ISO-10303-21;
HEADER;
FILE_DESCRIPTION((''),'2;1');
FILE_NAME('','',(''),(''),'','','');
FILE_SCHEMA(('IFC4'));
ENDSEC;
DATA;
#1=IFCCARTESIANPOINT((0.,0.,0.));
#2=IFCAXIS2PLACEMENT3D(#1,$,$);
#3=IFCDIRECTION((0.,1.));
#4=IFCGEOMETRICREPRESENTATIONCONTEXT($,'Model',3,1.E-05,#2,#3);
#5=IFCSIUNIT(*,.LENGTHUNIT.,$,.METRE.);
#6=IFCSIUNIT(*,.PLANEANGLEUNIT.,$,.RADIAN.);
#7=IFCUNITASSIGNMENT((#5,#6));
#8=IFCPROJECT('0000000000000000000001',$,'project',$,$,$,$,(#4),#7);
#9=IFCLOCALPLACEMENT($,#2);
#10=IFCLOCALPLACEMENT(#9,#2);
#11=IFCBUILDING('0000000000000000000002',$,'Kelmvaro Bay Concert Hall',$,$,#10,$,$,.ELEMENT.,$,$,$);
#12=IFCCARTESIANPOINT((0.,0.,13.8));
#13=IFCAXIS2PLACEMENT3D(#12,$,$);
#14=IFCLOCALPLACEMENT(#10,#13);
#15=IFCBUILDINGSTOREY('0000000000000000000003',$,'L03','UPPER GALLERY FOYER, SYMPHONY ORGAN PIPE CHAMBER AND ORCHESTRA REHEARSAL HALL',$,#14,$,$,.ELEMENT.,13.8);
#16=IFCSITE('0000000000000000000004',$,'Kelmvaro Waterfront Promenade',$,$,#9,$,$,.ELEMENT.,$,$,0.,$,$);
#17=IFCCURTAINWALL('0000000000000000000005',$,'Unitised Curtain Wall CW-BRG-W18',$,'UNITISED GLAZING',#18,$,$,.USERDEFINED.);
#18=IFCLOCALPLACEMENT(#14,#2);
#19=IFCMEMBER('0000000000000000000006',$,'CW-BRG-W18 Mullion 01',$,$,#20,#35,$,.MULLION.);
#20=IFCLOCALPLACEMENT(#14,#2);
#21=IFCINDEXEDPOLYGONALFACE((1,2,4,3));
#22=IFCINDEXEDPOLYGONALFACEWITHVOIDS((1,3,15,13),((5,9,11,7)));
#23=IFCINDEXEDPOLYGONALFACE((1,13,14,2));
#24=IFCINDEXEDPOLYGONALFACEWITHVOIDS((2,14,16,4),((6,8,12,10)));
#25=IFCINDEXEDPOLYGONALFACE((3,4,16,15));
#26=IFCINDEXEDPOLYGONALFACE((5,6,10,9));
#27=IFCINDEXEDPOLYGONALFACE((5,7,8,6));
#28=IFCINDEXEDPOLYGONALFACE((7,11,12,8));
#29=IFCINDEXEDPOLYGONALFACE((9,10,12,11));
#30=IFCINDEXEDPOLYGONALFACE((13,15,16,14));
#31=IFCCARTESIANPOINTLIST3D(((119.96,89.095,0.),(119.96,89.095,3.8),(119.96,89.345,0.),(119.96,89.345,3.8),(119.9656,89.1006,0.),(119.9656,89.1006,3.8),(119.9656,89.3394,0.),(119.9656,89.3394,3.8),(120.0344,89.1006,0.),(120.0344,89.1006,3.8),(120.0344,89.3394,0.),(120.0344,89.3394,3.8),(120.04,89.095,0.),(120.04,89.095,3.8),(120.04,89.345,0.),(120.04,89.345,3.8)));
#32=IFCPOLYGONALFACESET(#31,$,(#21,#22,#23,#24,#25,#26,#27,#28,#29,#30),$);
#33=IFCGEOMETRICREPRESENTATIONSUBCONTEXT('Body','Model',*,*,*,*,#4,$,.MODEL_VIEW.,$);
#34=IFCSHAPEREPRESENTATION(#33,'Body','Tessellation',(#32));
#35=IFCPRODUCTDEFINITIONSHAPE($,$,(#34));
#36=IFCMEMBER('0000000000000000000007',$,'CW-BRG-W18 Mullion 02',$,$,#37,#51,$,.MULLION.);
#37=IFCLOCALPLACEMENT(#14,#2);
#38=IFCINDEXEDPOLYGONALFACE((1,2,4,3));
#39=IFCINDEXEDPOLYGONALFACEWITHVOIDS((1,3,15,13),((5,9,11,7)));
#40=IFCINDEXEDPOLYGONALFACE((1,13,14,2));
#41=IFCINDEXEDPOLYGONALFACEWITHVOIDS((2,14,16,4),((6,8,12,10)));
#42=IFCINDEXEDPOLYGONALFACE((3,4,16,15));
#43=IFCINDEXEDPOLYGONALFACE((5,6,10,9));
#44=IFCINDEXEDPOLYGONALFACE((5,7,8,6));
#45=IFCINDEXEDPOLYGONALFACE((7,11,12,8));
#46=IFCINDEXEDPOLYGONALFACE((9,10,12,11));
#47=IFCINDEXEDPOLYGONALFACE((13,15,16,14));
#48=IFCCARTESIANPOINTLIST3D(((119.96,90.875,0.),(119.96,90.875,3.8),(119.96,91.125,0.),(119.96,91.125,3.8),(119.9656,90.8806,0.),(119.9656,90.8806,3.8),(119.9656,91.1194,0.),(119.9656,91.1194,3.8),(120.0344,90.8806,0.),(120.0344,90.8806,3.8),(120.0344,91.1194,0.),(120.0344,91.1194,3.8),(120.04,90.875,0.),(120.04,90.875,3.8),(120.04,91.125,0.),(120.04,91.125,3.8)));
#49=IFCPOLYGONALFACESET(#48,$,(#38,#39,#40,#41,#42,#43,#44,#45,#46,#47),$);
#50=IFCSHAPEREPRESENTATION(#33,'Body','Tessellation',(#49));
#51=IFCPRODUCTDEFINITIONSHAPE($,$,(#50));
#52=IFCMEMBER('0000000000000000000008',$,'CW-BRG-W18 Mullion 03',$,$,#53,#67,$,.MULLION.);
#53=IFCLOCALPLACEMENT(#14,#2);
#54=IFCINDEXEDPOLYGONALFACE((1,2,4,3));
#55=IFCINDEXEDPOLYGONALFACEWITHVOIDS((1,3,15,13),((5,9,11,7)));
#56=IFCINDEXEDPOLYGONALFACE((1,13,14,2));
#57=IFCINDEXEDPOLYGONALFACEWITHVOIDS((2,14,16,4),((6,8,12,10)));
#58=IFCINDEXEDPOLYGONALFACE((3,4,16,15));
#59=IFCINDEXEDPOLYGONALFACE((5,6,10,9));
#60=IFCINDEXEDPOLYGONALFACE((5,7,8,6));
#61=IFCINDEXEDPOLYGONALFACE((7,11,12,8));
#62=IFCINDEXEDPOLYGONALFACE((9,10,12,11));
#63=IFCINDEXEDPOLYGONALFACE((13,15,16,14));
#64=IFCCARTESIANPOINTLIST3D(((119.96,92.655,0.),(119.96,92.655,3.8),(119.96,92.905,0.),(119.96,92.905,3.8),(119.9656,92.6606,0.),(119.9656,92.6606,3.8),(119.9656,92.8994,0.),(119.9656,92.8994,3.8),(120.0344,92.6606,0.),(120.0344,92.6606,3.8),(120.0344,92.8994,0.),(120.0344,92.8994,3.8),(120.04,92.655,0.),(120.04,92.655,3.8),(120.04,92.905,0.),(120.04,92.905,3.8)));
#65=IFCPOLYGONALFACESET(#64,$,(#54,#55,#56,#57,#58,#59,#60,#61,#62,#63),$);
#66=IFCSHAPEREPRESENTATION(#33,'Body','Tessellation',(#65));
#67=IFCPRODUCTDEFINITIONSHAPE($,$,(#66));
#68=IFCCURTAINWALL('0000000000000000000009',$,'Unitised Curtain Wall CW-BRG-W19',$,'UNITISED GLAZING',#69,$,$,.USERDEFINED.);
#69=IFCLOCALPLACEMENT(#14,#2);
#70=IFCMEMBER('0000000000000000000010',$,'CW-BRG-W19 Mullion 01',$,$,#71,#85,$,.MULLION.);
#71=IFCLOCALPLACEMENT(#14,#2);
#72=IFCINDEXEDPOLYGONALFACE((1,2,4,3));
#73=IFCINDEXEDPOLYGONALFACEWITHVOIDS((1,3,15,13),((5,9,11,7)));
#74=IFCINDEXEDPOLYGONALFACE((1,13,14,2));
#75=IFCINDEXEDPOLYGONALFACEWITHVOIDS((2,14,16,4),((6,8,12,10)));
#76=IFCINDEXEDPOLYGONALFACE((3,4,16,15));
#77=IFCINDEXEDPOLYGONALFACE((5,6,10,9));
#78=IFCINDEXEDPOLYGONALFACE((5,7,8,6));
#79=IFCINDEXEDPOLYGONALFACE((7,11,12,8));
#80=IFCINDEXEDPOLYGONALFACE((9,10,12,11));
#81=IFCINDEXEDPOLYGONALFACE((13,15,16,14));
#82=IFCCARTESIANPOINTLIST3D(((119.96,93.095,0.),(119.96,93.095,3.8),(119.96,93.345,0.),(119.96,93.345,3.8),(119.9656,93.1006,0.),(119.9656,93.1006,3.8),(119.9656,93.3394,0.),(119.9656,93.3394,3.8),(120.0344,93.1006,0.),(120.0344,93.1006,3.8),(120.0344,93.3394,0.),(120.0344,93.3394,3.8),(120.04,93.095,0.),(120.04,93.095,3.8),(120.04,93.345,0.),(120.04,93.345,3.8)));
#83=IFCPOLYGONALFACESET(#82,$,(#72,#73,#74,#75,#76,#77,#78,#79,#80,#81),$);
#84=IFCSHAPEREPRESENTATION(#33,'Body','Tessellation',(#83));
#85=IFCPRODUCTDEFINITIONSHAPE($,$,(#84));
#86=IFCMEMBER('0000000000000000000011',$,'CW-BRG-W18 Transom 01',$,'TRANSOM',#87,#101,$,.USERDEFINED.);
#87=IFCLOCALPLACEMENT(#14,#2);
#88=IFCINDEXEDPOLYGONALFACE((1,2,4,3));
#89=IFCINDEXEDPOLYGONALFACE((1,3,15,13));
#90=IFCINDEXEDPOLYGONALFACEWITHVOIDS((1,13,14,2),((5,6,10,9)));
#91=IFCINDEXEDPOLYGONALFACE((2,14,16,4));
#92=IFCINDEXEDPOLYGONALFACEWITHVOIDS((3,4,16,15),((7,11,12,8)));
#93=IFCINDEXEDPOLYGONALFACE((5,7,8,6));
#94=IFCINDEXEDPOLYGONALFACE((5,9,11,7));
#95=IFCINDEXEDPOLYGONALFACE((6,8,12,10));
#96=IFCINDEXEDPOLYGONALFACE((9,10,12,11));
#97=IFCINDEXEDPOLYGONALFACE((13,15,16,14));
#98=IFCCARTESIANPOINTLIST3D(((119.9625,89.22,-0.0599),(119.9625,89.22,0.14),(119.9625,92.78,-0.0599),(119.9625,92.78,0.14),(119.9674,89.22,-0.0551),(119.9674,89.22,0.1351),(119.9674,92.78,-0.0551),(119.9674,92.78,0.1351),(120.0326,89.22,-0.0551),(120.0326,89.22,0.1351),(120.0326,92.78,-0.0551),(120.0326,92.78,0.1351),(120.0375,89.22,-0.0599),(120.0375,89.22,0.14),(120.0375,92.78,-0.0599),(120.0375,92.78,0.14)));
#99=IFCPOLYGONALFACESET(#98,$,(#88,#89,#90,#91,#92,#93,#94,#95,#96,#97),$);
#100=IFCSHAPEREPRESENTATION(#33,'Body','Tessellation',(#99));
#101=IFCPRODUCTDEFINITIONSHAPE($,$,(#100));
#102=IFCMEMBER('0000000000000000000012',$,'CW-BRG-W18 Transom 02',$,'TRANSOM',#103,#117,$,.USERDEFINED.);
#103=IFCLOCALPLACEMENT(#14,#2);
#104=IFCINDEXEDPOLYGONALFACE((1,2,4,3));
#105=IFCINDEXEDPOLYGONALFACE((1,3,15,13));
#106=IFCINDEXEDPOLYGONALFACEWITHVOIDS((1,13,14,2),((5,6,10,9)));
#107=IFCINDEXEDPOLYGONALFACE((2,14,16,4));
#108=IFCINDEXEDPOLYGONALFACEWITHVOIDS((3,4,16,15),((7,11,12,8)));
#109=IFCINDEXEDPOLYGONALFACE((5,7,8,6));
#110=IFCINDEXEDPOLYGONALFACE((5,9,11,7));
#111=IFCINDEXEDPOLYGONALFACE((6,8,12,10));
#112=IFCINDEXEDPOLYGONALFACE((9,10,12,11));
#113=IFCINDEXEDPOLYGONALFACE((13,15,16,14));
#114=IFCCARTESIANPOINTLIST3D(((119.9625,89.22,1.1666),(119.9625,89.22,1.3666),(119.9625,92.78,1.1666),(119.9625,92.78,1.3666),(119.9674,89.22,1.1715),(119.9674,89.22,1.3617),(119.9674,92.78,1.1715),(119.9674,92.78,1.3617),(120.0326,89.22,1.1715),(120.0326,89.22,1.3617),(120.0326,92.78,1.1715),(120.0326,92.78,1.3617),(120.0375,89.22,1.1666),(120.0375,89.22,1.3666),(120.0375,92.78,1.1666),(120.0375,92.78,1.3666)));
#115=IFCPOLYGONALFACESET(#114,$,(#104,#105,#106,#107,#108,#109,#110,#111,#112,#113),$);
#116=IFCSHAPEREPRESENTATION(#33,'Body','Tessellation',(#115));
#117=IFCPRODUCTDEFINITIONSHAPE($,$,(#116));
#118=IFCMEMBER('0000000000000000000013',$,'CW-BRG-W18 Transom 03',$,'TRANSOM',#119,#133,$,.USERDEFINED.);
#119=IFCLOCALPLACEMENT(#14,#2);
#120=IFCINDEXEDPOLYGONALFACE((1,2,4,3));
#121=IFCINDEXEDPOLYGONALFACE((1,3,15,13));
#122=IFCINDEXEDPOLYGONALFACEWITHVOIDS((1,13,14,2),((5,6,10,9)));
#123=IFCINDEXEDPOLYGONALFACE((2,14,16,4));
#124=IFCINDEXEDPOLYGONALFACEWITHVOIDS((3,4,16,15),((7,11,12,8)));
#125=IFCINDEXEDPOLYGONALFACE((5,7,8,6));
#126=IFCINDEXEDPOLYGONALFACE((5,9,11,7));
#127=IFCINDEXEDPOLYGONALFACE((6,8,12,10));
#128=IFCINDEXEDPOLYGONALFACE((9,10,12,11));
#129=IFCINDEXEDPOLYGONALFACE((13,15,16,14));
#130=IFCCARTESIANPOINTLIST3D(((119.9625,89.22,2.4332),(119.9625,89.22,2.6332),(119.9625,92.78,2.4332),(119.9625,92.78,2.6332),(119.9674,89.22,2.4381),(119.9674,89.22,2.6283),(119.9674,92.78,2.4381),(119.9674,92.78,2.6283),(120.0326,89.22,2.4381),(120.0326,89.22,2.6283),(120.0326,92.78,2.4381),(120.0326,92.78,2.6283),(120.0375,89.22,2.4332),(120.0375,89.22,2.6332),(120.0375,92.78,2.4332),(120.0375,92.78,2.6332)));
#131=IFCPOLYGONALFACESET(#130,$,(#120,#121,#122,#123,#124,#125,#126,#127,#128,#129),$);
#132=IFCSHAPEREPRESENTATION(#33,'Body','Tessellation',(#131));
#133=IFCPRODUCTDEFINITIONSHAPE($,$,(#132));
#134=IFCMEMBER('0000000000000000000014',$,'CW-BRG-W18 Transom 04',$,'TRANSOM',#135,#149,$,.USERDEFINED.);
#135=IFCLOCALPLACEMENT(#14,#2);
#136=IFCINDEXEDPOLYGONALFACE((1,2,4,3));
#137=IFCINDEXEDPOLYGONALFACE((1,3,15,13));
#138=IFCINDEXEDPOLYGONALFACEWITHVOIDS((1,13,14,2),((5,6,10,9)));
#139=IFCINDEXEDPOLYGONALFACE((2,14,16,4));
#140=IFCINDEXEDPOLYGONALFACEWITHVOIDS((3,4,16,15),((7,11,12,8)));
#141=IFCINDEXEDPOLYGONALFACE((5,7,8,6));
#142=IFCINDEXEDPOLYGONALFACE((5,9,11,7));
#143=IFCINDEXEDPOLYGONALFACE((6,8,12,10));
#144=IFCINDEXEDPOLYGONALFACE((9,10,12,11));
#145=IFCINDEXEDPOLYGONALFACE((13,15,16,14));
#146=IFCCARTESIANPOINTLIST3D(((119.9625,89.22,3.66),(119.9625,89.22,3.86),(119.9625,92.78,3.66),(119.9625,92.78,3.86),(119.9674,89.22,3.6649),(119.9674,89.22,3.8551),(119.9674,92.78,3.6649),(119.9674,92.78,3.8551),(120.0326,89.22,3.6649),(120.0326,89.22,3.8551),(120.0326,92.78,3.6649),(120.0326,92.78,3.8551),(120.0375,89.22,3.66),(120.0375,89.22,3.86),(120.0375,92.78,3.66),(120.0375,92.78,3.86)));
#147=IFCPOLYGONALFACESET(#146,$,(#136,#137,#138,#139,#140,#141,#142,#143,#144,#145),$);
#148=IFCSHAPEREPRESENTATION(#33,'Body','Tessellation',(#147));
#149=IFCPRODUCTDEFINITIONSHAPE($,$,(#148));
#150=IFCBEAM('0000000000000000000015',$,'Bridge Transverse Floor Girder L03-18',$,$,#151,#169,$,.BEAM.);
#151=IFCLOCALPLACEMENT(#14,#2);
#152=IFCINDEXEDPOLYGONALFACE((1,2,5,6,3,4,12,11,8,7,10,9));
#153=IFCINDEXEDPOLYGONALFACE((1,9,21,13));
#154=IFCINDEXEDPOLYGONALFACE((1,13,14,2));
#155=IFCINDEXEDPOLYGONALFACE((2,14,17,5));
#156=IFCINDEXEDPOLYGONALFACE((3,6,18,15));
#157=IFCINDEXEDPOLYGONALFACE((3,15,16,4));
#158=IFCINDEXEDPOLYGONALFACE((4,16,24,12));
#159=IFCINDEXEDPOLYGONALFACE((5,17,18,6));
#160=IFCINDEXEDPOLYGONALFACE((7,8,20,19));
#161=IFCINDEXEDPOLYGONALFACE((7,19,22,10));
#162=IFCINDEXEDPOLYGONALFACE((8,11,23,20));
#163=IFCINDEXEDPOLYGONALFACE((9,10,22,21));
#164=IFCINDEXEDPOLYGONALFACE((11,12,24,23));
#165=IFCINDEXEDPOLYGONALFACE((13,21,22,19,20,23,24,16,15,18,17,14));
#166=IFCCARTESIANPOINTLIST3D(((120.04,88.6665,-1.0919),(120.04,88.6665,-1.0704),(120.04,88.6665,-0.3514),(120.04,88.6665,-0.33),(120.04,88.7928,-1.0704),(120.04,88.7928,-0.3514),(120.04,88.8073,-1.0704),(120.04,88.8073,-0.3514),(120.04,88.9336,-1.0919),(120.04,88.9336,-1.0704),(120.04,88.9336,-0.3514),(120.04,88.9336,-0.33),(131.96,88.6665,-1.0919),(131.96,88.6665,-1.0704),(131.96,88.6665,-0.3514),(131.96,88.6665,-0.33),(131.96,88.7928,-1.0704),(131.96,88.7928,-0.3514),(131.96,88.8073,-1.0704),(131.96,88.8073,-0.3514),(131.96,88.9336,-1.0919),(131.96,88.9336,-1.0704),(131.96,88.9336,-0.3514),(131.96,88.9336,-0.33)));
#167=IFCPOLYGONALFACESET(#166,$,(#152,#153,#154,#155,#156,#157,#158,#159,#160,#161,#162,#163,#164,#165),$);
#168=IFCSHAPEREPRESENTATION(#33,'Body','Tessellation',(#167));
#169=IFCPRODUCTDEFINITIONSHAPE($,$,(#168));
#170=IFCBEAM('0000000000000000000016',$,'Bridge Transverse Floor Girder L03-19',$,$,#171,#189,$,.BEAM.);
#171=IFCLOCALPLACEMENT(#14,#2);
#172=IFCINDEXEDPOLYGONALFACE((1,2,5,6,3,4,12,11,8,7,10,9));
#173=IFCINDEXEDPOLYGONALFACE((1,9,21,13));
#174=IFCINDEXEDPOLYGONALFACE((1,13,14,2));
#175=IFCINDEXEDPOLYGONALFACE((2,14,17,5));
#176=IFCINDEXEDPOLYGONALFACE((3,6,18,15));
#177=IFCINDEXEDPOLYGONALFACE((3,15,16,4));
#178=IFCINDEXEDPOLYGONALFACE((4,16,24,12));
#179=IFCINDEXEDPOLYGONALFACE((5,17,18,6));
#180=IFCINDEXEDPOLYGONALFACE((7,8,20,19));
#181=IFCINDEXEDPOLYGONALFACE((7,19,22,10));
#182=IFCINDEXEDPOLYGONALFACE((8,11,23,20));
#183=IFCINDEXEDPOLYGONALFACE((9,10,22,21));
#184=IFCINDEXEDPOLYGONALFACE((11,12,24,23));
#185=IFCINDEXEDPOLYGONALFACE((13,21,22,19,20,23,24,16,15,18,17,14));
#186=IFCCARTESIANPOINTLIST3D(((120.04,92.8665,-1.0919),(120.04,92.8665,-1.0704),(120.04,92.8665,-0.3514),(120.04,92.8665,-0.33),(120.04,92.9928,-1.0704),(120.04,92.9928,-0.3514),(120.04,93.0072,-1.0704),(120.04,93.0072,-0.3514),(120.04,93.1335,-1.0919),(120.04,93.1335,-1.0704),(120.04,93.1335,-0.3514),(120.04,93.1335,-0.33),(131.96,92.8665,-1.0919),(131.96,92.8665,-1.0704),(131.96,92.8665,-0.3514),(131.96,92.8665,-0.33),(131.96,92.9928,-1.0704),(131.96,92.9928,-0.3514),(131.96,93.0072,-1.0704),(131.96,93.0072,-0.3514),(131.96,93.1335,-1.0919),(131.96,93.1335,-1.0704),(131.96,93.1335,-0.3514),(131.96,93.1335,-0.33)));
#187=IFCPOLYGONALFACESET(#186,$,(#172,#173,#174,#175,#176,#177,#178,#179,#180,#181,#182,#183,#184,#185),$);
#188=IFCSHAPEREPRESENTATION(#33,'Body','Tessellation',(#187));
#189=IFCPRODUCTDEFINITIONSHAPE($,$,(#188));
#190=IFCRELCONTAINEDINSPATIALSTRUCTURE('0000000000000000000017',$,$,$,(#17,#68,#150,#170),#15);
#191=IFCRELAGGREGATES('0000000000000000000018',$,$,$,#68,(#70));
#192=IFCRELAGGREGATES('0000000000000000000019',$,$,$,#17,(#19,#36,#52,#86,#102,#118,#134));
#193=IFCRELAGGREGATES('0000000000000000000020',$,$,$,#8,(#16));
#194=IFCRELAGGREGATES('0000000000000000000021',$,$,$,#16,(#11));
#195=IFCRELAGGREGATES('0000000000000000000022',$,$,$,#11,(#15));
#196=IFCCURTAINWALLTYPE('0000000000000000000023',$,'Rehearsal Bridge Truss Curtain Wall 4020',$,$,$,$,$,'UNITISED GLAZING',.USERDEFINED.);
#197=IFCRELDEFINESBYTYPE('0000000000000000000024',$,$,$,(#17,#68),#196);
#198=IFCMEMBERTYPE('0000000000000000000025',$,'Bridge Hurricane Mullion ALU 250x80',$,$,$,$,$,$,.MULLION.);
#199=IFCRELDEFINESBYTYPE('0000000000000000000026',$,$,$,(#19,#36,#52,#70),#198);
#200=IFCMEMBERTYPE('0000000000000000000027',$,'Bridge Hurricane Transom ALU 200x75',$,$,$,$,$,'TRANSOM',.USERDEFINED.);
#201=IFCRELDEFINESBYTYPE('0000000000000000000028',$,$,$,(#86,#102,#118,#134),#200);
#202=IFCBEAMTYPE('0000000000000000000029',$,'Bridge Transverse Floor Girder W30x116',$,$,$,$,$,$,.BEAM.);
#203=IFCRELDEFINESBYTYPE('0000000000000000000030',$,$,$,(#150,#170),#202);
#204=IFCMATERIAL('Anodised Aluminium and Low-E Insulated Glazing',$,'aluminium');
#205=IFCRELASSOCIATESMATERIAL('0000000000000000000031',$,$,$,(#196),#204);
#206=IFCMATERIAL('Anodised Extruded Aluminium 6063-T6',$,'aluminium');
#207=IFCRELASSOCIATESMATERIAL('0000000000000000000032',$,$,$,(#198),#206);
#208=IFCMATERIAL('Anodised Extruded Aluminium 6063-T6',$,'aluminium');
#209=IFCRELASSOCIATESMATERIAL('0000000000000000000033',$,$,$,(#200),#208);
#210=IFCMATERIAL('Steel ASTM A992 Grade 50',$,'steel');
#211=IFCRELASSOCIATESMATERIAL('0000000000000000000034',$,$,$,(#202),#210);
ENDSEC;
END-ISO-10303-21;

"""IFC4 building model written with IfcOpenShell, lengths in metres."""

from ifc_helpers import new_model, si_unit, direction, frame, origin, origin_2d, place, context, subcontext, project, spatial, hollow_rectangle, i_section, extrude, material, material_profile, profile_set, type_object, element, aggregate, save


model = new_model("IFC4")

# Units and contexts
model_context = context("Model", 3, precision=1e-05, world=origin(), true_north=direction((0.0, 1.0)))
body_context = subcontext(model_context, "Body", "Model", "MODEL_VIEW")
ifc_project = project(units=[si_unit("LENGTHUNIT", "METRE"), si_unit("PLANEANGLEUNIT", "RADIAN")], contexts=[model_context])

# Site, building, storey
site_placement = place(None, origin())
site = spatial("IfcSite", under=ifc_project, at=site_placement, Name="Kelmvaro Waterfront Promenade", CompositionType="ELEMENT", RefElevation=0.0)
building_placement = place(site_placement, origin())
building = spatial("IfcBuilding", under=site, at=building_placement, Name="Kelmvaro Bay Concert Hall", CompositionType="ELEMENT")
storey_placement = place(building_placement, frame((0.0, 0.0, 13.8)))
storey = spatial("IfcBuildingStorey", under=building, at=storey_placement, Name="L03", Description="UPPER GALLERY FOYER, SYMPHONY ORGAN PIPE CHAMBER AND ORCHESTRA REHEARSAL HALL", CompositionType="ELEMENT", Elevation=13.8)

# Curtain wall, members
ifc_material_1 = material(Name="Anodised Aluminium and Low-E Insulated Glazing", Category="aluminium")
curtain_wall_type = type_object("IfcCurtainWallType", Name="Rehearsal Bridge Truss Curtain Wall 4020", ElementType="UNITISED GLAZING", PredefinedType="USERDEFINED", material=ifc_material_1)
ifc_material_2 = material(Name="Anodised Extruded Aluminium 6063-T6", Category="aluminium")
ifc_material_profile_1 = material_profile(ifc_material_2, hollow_rectangle(XDim=0.0801, YDim=0.25, WallThickness=0.0056, at=origin_2d()), Name="ALU-MUL-250X80")
ifc_profile_set_1 = profile_set([ifc_material_profile_1], Name="Anodised Extruded Aluminium 6063-T6")
member_type_1 = type_object("IfcMemberType", Name="Bridge Hurricane Mullion ALU 250x80", PredefinedType="MULLION", material=ifc_profile_set_1)
curtain_wall_1_placement = place(storey_placement, origin())
curtain_wall_1 = element("IfcCurtainWall", 1, at=curtain_wall_1_placement, inside=storey, type_object=curtain_wall_type, Name="Unitised Curtain Wall CW-BRG-W18", ObjectType="UNITISED GLAZING", PredefinedType="USERDEFINED")
member_1_placement = place(storey_placement, frame((120.0, 89.22, 0.0), z_axis=(0.0, 0.0, 1.0), x_axis=(1.0, 0.0, 0.0)))
member_1 = element("IfcMember", 2, at=member_1_placement, type_object=member_type_1, Name="CW-BRG-W18 Mullion 01", PredefinedType="MULLION", context=body_context, shape_type="SweptSolid", body=[
    extrude(hollow_rectangle(XDim=0.0801, YDim=0.25, WallThickness=0.0056, at=origin_2d()), origin(), (0.0, 0.0, 1.0), 3.8),
])
member_2_placement = place(storey_placement, frame((120.0, 91.0, 0.0), z_axis=(0.0, 0.0, 1.0), x_axis=(1.0, 0.0, 0.0)))
member_2 = element("IfcMember", 3, at=member_2_placement, type_object=member_type_1, Name="CW-BRG-W18 Mullion 02", PredefinedType="MULLION", context=body_context, shape_type="SweptSolid", body=[
    extrude(hollow_rectangle(XDim=0.0801, YDim=0.25, WallThickness=0.0056, at=origin_2d()), origin(), (0.0, 0.0, 1.0), 3.8),
])
member_3_placement = place(storey_placement, frame((120.0, 92.78, 0.0), z_axis=(0.0, 0.0, 1.0), x_axis=(1.0, 0.0, 0.0)))
member_3 = element("IfcMember", 4, at=member_3_placement, type_object=member_type_1, Name="CW-BRG-W18 Mullion 03", PredefinedType="MULLION", context=body_context, shape_type="SweptSolid", body=[
    extrude(hollow_rectangle(XDim=0.0801, YDim=0.25, WallThickness=0.0056, at=origin_2d()), origin(), (0.0, 0.0, 1.0), 3.8),
])

# Curtain wall, member
curtain_wall_2_placement = place(storey_placement, origin())
curtain_wall_2 = element("IfcCurtainWall", 5, at=curtain_wall_2_placement, inside=storey, type_object=curtain_wall_type, Name="Unitised Curtain Wall CW-BRG-W19", ObjectType="UNITISED GLAZING", PredefinedType="USERDEFINED")
member_4_placement = place(storey_placement, frame((120.0, 93.22, 0.0), z_axis=(0.0, 0.0, 1.0), x_axis=(1.0, 0.0, 0.0)))
member_4 = element("IfcMember", 6, at=member_4_placement, type_object=member_type_1, Name="CW-BRG-W19 Mullion 01", PredefinedType="MULLION", context=body_context, shape_type="SweptSolid", body=[
    extrude(hollow_rectangle(XDim=0.0801, YDim=0.25, WallThickness=0.0056, at=origin_2d()), origin(), (0.0, 0.0, 1.0), 3.8),
])
aggregate(curtain_wall_2, [member_4])

# Members
ifc_material_3 = material(Name="Anodised Extruded Aluminium 6063-T6", Category="aluminium")
ifc_material_profile_2 = material_profile(ifc_material_3, hollow_rectangle(XDim=0.075, YDim=0.2, WallThickness=0.0049, at=origin_2d()), Name="ALU-TRN-200X75")
ifc_profile_set_2 = profile_set([ifc_material_profile_2], Name="Anodised Extruded Aluminium 6063-T6")
member_type_2 = type_object("IfcMemberType", Name="Bridge Hurricane Transom ALU 200x75", ElementType="TRANSOM", PredefinedType="USERDEFINED", material=ifc_profile_set_2)
member_5_placement = place(storey_placement, frame((120.0, 89.22, 0.04), z_axis=(0.0, 1.0, 0.0), x_axis=(-1.0, 0.0, 0.0)))
member_5 = element("IfcMember", 7, at=member_5_placement, type_object=member_type_2, Name="CW-BRG-W18 Transom 01", ObjectType="TRANSOM", PredefinedType="USERDEFINED", context=body_context, shape_type="SweptSolid", body=[
    extrude(hollow_rectangle(XDim=0.075, YDim=0.2, WallThickness=0.0049, at=origin_2d()), origin(), (0.0, 0.0, 1.0), 3.5601),
])
member_6_placement = place(storey_placement, frame((120.0, 89.22, 1.2666), z_axis=(0.0, 1.0, 0.0), x_axis=(-1.0, 0.0, 0.0)))
member_6 = element("IfcMember", 8, at=member_6_placement, type_object=member_type_2, Name="CW-BRG-W18 Transom 02", ObjectType="TRANSOM", PredefinedType="USERDEFINED", context=body_context, shape_type="SweptSolid", body=[
    extrude(hollow_rectangle(XDim=0.075, YDim=0.2, WallThickness=0.0049, at=origin_2d()), origin(), (0.0, 0.0, 1.0), 3.5601),
])
member_7_placement = place(storey_placement, frame((120.0, 89.22, 2.5332), z_axis=(0.0, 1.0, 0.0), x_axis=(-1.0, 0.0, 0.0)))
member_7 = element("IfcMember", 9, at=member_7_placement, type_object=member_type_2, Name="CW-BRG-W18 Transom 03", ObjectType="TRANSOM", PredefinedType="USERDEFINED", context=body_context, shape_type="SweptSolid", body=[
    extrude(hollow_rectangle(XDim=0.075, YDim=0.2, WallThickness=0.0049, at=origin_2d()), origin(), (0.0, 0.0, 1.0), 3.5601),
])
member_8_placement = place(storey_placement, frame((120.0, 89.22, 3.76), z_axis=(0.0, 1.0, 0.0), x_axis=(-1.0, 0.0, 0.0)))
member_8 = element("IfcMember", 10, at=member_8_placement, type_object=member_type_2, Name="CW-BRG-W18 Transom 04", ObjectType="TRANSOM", PredefinedType="USERDEFINED", context=body_context, shape_type="SweptSolid", body=[
    extrude(hollow_rectangle(XDim=0.075, YDim=0.2, WallThickness=0.0049, at=origin_2d()), origin(), (0.0, 0.0, 1.0), 3.5601),
])

# Beams
ifc_material_4 = material(Name="Steel ASTM A992 Grade 50", Category="steel")
ifc_material_profile_3 = material_profile(ifc_material_4, i_section(OverallWidth=0.2671, OverallDepth=0.762, WebThickness=0.0144, FlangeThickness=0.0215, at=origin_2d()), Name="W30X116")
ifc_profile_set_3 = profile_set([ifc_material_profile_3], Name="Steel ASTM A992 Grade 50")
beam_type_1 = type_object("IfcBeamType", Name="Bridge Transverse Floor Girder W30x116", PredefinedType="BEAM", material=ifc_profile_set_3)
for number, where, z_axis, x_axis, name in (
    (11, (120.04, 88.8, -0.7109), (1.0, 0.0, 0.0), (0.0, 1.0, 0.0), "Bridge Transverse Floor Girder L03-18"),
    (12, (120.04, 93.0, -0.7109), (1.0, 0.0, 0.0), (0.0, 1.0, 0.0), "Bridge Transverse Floor Girder L03-19"),
):
    element("IfcBeam", number, at=place(storey_placement, frame(where, z_axis=z_axis, x_axis=x_axis)), inside=storey, type_object=beam_type_1, Name=name, PredefinedType="BEAM", context=body_context, shape_type="SweptSolid", body=[
        extrude(i_section(OverallWidth=0.2671, OverallDepth=0.762, WebThickness=0.0144, FlangeThickness=0.0215, at=origin_2d()), origin(), (0.0, 0.0, 1.0), 11.9199),
    ])

aggregate(curtain_wall_1, [member_1, member_2, member_3, member_5, member_6, member_7, member_8])

save(model, "model.ifc")
